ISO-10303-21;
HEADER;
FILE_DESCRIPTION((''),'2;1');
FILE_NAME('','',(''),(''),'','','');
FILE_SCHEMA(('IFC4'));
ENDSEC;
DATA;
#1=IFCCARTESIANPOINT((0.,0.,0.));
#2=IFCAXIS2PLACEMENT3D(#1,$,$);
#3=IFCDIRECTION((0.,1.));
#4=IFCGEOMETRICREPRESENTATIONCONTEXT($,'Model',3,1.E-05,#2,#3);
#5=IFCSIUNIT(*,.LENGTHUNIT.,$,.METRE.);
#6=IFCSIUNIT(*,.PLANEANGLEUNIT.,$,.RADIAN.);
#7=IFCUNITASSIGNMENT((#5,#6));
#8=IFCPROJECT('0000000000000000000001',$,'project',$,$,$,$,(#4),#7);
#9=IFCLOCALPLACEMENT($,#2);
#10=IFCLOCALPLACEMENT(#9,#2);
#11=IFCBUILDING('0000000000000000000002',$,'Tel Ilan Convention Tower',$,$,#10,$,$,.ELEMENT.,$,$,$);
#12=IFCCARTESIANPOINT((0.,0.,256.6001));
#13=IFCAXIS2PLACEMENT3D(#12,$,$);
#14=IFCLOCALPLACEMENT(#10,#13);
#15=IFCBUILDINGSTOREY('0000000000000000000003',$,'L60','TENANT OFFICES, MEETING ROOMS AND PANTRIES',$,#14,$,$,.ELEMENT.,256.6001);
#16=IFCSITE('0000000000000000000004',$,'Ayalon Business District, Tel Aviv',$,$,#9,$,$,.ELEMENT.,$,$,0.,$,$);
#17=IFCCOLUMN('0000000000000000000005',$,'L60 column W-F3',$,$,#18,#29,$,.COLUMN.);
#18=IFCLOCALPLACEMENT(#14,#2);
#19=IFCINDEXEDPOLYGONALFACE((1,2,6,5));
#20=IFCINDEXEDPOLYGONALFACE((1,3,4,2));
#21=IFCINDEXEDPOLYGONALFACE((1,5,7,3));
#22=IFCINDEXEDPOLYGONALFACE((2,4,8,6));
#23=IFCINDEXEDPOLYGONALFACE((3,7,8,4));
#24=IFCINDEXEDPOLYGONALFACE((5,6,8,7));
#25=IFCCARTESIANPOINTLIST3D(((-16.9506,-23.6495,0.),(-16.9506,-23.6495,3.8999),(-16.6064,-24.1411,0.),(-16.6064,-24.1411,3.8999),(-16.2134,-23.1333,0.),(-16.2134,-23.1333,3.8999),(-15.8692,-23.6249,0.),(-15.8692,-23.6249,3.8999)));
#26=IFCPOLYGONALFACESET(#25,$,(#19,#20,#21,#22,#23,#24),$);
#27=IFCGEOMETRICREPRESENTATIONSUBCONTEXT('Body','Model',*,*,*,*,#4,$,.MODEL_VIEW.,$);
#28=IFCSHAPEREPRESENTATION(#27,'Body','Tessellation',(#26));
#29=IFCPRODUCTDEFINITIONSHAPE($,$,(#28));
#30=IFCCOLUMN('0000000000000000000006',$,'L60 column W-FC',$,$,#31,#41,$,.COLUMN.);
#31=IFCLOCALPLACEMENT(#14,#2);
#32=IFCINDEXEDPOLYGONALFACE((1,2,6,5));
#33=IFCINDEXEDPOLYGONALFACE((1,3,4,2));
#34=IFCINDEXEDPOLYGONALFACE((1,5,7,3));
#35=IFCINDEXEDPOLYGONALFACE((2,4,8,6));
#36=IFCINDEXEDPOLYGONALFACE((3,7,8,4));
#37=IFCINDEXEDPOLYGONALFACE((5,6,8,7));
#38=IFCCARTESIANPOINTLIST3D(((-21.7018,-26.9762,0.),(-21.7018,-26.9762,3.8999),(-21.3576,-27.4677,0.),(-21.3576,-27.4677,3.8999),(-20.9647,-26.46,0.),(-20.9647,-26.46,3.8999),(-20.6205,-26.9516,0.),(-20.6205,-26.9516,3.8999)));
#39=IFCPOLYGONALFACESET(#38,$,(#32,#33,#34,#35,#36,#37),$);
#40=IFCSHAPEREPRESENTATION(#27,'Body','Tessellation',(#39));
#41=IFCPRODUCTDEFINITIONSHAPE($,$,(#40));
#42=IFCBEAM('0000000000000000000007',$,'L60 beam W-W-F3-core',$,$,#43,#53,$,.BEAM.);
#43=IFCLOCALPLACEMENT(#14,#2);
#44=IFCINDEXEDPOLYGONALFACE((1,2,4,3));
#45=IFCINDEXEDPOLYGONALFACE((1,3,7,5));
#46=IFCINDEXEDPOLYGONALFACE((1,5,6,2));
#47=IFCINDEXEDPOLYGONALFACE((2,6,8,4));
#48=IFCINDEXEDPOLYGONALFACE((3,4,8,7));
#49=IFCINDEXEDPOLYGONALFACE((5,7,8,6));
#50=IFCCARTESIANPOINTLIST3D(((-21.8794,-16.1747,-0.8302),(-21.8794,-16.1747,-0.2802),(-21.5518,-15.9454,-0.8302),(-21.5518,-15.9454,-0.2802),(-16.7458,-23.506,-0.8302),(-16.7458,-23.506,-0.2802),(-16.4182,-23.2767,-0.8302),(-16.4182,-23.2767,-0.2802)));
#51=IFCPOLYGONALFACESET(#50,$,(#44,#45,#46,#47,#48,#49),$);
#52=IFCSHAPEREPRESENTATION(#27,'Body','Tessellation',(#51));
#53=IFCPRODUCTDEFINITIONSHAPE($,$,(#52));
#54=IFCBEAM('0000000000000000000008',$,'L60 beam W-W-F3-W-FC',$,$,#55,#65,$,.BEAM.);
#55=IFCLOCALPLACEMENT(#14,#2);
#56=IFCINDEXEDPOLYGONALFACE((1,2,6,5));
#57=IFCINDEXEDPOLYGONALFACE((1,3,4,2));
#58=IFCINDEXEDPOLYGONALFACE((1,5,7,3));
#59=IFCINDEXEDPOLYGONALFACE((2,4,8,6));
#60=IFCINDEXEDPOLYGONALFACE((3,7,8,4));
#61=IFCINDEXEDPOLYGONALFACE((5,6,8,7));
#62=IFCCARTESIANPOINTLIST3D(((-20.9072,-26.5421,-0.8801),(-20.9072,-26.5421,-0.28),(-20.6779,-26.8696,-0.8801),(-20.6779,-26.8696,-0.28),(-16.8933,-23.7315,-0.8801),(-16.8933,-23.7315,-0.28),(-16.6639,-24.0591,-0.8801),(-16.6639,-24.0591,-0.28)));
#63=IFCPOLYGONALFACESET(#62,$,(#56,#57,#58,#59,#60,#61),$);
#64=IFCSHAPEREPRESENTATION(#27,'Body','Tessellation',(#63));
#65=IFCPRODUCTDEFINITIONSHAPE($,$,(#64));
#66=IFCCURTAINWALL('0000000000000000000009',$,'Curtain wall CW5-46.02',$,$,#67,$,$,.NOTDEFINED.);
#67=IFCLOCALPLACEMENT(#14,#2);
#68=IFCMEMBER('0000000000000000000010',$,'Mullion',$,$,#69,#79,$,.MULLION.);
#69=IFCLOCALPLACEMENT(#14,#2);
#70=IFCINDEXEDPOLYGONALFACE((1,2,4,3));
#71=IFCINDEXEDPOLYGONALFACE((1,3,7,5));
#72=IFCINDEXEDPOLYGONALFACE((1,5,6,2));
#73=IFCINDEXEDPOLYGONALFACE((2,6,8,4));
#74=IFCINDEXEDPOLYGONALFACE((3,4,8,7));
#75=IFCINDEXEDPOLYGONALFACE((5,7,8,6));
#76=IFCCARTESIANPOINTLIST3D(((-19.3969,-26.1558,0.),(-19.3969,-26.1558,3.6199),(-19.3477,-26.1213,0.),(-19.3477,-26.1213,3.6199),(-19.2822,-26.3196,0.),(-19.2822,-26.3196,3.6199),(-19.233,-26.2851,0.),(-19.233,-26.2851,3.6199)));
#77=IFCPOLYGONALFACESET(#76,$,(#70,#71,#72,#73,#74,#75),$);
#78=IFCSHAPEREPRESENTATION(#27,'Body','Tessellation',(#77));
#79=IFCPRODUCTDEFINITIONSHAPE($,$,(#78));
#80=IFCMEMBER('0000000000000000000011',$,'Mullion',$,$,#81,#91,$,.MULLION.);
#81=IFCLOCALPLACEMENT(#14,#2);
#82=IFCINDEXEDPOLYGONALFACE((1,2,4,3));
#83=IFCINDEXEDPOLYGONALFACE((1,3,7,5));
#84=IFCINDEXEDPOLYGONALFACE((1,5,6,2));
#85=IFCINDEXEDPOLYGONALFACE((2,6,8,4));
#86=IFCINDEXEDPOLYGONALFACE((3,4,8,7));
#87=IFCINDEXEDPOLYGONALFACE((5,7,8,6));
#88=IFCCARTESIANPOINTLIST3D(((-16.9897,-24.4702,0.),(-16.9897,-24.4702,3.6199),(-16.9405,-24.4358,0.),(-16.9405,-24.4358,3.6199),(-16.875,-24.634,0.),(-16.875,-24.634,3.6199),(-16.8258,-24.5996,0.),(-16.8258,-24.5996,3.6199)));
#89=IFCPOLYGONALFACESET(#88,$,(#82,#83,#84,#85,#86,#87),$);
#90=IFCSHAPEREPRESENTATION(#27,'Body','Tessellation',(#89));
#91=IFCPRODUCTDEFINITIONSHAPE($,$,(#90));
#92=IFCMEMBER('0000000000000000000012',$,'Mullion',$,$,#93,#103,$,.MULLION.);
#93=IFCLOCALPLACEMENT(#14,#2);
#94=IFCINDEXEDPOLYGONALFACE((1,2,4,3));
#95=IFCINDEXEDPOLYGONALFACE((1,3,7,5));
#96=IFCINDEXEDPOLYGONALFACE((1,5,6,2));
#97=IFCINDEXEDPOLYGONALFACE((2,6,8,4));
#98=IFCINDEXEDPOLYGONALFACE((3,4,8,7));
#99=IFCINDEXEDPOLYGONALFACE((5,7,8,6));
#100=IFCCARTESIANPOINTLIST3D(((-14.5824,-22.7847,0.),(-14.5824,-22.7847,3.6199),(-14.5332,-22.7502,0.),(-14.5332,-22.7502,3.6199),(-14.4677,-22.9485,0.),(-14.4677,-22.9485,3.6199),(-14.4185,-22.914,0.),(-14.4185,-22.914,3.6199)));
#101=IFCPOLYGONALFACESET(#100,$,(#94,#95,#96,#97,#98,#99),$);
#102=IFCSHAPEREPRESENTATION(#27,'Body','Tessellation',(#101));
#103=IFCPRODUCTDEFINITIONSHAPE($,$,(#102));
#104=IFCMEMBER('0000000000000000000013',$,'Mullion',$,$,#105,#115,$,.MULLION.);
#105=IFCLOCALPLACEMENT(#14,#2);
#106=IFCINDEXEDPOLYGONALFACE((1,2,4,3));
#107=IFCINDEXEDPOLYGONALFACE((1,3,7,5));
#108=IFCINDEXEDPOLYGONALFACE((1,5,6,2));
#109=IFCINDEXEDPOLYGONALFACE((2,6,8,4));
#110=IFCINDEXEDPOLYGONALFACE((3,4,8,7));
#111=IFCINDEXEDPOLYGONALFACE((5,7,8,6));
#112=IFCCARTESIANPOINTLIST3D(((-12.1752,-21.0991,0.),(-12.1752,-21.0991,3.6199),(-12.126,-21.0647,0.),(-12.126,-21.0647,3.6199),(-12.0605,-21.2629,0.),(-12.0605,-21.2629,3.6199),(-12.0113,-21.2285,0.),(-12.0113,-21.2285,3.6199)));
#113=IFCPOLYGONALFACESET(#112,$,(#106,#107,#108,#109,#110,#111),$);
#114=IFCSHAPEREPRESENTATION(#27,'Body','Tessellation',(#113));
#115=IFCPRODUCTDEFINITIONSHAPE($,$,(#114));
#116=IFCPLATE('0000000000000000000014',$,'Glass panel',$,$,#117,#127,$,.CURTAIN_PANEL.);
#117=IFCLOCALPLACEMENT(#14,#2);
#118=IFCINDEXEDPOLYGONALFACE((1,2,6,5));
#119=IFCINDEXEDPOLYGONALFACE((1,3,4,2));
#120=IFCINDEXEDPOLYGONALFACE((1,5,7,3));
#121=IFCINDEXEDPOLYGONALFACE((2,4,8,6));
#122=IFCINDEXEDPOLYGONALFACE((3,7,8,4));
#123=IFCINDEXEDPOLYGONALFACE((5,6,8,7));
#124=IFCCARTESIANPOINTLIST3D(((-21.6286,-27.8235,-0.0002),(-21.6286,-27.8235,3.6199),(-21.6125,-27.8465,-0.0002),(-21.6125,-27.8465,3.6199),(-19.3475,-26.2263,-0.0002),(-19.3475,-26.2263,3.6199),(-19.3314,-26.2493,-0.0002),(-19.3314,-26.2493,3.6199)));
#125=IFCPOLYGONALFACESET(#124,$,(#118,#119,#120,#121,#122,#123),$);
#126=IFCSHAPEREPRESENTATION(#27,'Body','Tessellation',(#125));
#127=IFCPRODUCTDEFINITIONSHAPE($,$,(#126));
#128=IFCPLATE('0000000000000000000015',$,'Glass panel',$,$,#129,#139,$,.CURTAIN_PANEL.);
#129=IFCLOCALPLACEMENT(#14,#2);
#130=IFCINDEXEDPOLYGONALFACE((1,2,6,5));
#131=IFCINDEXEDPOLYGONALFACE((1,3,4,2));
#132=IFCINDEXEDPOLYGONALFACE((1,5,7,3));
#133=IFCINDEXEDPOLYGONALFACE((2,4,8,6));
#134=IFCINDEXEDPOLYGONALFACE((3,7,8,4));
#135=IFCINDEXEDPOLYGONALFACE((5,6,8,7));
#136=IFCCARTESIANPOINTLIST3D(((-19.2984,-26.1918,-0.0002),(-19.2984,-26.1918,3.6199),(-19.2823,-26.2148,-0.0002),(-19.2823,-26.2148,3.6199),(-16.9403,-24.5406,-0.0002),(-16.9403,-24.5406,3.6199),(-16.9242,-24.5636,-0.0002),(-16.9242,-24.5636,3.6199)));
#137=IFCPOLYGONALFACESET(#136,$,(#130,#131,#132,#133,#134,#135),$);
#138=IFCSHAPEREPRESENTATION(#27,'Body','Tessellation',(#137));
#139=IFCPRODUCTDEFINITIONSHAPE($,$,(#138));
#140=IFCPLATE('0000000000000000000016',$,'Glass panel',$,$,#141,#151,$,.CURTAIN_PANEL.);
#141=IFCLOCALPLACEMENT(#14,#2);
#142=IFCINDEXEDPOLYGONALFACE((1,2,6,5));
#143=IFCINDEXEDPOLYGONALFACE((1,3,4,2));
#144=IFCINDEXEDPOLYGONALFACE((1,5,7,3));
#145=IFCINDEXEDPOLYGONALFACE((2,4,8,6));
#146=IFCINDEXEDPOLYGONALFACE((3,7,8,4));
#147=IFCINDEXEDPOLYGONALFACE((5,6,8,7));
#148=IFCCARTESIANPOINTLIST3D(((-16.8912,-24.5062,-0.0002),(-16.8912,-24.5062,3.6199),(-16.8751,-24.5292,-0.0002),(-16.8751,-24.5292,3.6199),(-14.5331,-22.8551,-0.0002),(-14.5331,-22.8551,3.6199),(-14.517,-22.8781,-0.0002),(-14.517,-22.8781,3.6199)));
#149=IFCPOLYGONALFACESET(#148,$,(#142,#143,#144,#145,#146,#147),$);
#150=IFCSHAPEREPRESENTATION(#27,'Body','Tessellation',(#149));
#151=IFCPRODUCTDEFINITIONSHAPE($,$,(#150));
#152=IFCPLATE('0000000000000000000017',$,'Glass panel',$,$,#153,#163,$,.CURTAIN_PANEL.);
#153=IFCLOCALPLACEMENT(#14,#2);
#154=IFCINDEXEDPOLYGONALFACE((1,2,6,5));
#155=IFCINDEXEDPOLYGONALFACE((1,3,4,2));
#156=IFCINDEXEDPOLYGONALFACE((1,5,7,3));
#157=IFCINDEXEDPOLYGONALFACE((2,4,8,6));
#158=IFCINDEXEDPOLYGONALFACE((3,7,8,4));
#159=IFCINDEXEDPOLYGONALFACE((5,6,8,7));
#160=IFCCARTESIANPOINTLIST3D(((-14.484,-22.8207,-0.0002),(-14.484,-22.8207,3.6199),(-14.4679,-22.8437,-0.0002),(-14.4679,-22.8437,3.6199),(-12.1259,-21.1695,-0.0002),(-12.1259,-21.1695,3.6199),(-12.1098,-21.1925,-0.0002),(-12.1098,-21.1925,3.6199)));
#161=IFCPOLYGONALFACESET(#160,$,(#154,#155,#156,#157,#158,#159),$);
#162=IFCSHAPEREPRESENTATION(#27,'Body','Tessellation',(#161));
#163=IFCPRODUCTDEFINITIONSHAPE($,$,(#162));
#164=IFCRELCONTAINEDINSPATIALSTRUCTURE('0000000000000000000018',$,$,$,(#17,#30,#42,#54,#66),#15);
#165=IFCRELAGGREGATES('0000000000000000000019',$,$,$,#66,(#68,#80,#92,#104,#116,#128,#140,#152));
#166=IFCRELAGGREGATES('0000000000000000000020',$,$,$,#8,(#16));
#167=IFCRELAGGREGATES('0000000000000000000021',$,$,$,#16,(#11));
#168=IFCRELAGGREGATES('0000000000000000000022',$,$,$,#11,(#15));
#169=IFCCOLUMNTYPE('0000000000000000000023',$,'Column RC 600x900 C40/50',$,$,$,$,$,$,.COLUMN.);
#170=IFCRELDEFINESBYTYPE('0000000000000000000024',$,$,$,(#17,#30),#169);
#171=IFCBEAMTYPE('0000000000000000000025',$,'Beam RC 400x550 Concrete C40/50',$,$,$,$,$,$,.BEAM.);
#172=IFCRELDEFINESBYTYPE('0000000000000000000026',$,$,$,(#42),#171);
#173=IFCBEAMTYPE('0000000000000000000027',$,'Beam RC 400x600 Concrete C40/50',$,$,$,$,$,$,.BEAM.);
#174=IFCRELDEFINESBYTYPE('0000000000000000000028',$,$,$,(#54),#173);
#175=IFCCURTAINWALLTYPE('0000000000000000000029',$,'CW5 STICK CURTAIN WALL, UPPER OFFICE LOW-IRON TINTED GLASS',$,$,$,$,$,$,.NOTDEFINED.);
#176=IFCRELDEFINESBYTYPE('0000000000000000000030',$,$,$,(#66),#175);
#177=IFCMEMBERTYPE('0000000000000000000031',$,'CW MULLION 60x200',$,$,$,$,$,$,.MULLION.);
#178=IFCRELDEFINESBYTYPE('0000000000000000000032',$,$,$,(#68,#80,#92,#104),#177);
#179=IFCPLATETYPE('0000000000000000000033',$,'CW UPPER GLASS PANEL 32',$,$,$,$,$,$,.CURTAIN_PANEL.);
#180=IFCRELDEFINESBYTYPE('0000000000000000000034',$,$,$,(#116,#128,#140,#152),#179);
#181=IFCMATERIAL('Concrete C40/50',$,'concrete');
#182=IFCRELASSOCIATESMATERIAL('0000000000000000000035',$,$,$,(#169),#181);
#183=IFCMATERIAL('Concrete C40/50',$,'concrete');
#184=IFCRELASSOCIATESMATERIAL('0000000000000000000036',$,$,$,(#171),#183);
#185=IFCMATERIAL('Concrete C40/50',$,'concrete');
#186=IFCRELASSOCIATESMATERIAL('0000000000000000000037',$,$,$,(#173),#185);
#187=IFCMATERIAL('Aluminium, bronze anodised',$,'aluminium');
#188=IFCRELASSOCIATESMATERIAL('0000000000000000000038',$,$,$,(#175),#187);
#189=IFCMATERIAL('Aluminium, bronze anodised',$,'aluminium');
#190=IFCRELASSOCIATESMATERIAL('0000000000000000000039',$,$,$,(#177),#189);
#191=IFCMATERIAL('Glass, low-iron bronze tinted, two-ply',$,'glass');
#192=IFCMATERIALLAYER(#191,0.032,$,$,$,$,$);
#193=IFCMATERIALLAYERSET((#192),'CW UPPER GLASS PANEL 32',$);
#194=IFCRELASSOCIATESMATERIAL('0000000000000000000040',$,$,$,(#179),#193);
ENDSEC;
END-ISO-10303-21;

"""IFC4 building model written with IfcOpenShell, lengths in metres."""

from ifc_helpers import new_model, si_unit, direction, frame, origin, origin_2d, place, context, subcontext, project, spatial, rectangle, extrude, material, layer, layer_set, material_profile, profile_set, type_object, element, aggregate, save


model = new_model("IFC4")

# Units and contexts
model_context = context("Model", 3, precision=1e-05, world=origin(), true_north=direction((0.0, 1.0)))
body_context = subcontext(model_context, "Body", "Model", "MODEL_VIEW")
ifc_project = project(units=[si_unit("LENGTHUNIT", "METRE"), si_unit("PLANEANGLEUNIT", "RADIAN")], contexts=[model_context])

# Site, building, storey
site_placement = place(None, origin())
site = spatial("IfcSite", under=ifc_project, at=site_placement, Name="Ayalon Business District, Tel Aviv", CompositionType="ELEMENT", RefElevation=0.0)
building_placement = place(site_placement, origin())
building = spatial("IfcBuilding", under=site, at=building_placement, Name="Tel Ilan Convention Tower", CompositionType="ELEMENT")
storey_placement = place(building_placement, frame((0.0, 0.0, 256.6001)))
storey = spatial("IfcBuildingStorey", under=building, at=storey_placement, Name="L60", Description="TENANT OFFICES, MEETING ROOMS AND PANTRIES", CompositionType="ELEMENT", Elevation=256.6001)

# Columns
ifc_material_1 = material(Name="Concrete C40/50", Category="concrete")
ifc_material_profile_1 = material_profile(ifc_material_1, rectangle(XDim=0.8999, YDim=0.6001, at=origin_2d()), Name="RC 600x900")
ifc_profile_set_1 = profile_set([ifc_material_profile_1], Name="Concrete C40/50")
column_type = type_object("IfcColumnType", Name="Column RC 600x900 C40/50", PredefinedType="COLUMN", material=ifc_profile_set_1)
for number, where, z_axis, x_axis, name in (
    (1, (-16.4099, -23.6372, 0.0), (0.0, 0.0, 1.0), (-0.819152, -0.573576, 0.0), "L60 column W-F3"),
    (2, (-21.1611, -26.9639, 0.0), (0.0, 0.0, 1.0), (-0.819152, -0.573576, 0.0), "L60 column W-FC"),
):
    element("IfcColumn", number, at=place(storey_placement, frame(where, z_axis=z_axis, x_axis=x_axis)), inside=storey, type_object=column_type, Name=name, PredefinedType="COLUMN", context=body_context, shape_type="SweptSolid", body=[
        extrude(rectangle(XDim=0.8999, YDim=0.6001, at=origin_2d()), origin(), (0.0, 0.0, 1.0), 3.8999),
    ])

# Beams
ifc_material_2 = material(Name="Concrete C40/50", Category="concrete")
ifc_material_profile_2 = material_profile(ifc_material_2, rectangle(XDim=0.3999, YDim=0.55, at=origin_2d()), Name="RC 400x550")
ifc_profile_set_2 = profile_set([ifc_material_profile_2], Name="Concrete C40/50")
beam_type_1 = type_object("IfcBeamType", Name="Beam RC 400x550 Concrete C40/50", PredefinedType="BEAM", material=ifc_profile_set_2)
beam_1_placement = place(storey_placement, frame((-16.582, -23.3914, -0.5552), z_axis=(-0.573585, 0.819146, 0.0), x_axis=(-0.819146, -0.573585, 0.0)))
element("IfcBeam", 3, at=beam_1_placement, inside=storey, type_object=beam_type_1, Name="L60 beam W-W-F3-core", PredefinedType="BEAM", context=body_context, shape_type="SweptSolid", body=[
    extrude(rectangle(XDim=0.3999, YDim=0.55, at=origin_2d()), origin(), (0.0, 0.0, 1.0), 8.95),
])
ifc_material_3 = material(Name="Concrete C40/50", Category="concrete")
ifc_material_profile_3 = material_profile(ifc_material_3, rectangle(XDim=0.3999, YDim=0.6001, at=origin_2d()), Name="RC 400x600")
ifc_profile_set_3 = profile_set([ifc_material_profile_3], Name="Concrete C40/50")
beam_type_2 = type_object("IfcBeamType", Name="Beam RC 400x600 Concrete C40/50", PredefinedType="BEAM", material=ifc_profile_set_3)
beam_2_placement = place(storey_placement, frame((-16.7786, -23.8953, -0.5801), z_axis=(-0.819155, -0.573573, 0.0), x_axis=(0.573573, -0.819155, 0.0)))
element("IfcBeam", 4, at=beam_2_placement, inside=storey, type_object=beam_type_2, Name="L60 beam W-W-F3-W-FC", PredefinedType="BEAM", context=body_context, shape_type="SweptSolid", body=[
    extrude(rectangle(XDim=0.3999, YDim=0.6001, at=origin_2d()), origin(), (0.0, 0.0, 1.0), 4.9001),
])

# Curtain wall, members, plates
ifc_material_4 = material(Name="Aluminium, bronze anodised", Category="aluminium")
curtain_wall_type = type_object("IfcCurtainWallType", Name="CW5 STICK CURTAIN WALL, UPPER OFFICE LOW-IRON TINTED GLASS", PredefinedType="NOTDEFINED", material=ifc_material_4)
curtain_wall_placement = place(storey_placement, origin())
curtain_wall = element("IfcCurtainWall", 5, at=curtain_wall_placement, inside=storey, type_object=curtain_wall_type, Name="Curtain wall CW5-46.02", PredefinedType="NOTDEFINED")
ifc_material_5 = material(Name="Aluminium, bronze anodised", Category="aluminium")
ifc_material_profile_4 = material_profile(ifc_material_5, rectangle(XDim=0.0601, YDim=0.2, at=origin_2d()), Name="CW MULLION 60x200")
ifc_profile_set_4 = profile_set([ifc_material_profile_4], Name="Aluminium, bronze anodised")
member_type = type_object("IfcMemberType", Name="CW MULLION 60x200", PredefinedType="MULLION", material=ifc_profile_set_4)
member_1_placement = place(storey_placement, frame((-19.3149, -26.2205, 0.0), z_axis=(0.0, 0.0, 1.0), x_axis=(0.819152, 0.573576, 0.0)))
member_1 = element("IfcMember", 6, at=member_1_placement, type_object=member_type, Name="Mullion", PredefinedType="MULLION", context=body_context, shape_type="SweptSolid", body=[
    extrude(rectangle(XDim=0.0601, YDim=0.2, at=origin_2d()), origin(), (0.0, 0.0, 1.0), 3.6199),
])
member_2_placement = place(storey_placement, frame((-16.9077, -24.5349, 0.0), z_axis=(0.0, 0.0, 1.0), x_axis=(0.819152, 0.573576, 0.0)))
member_2 = element("IfcMember", 7, at=member_2_placement, type_object=member_type, Name="Mullion", PredefinedType="MULLION", context=body_context, shape_type="SweptSolid", body=[
    extrude(rectangle(XDim=0.0601, YDim=0.2, at=origin_2d()), origin(), (0.0, 0.0, 1.0), 3.6199),
])
member_3_placement = place(storey_placement, frame((-14.5005, -22.8494, 0.0), z_axis=(0.0, 0.0, 1.0), x_axis=(0.819152, 0.573576, 0.0)))
member_3 = element("IfcMember", 8, at=member_3_placement, type_object=member_type, Name="Mullion", PredefinedType="MULLION", context=body_context, shape_type="SweptSolid", body=[
    extrude(rectangle(XDim=0.0601, YDim=0.2, at=origin_2d()), origin(), (0.0, 0.0, 1.0), 3.6199),
])
member_4_placement = place(storey_placement, frame((-12.0933, -21.1638, 0.0), z_axis=(0.0, 0.0, 1.0), x_axis=(0.819152, 0.573576, 0.0)))
member_4 = element("IfcMember", 9, at=member_4_placement, type_object=member_type, Name="Mullion", PredefinedType="MULLION", context=body_context, shape_type="SweptSolid", body=[
    extrude(rectangle(XDim=0.0601, YDim=0.2, at=origin_2d()), origin(), (0.0, 0.0, 1.0), 3.6199),
])
ifc_material_6 = material(Name="Glass, low-iron bronze tinted, two-ply", Category="glass")
ifc_layer_1 = layer(ifc_material_6, 0.032)
ifc_layer_set_1 = layer_set([ifc_layer_1], Name="CW UPPER GLASS PANEL 32")
plate_type = type_object("IfcPlateType", Name="CW UPPER GLASS PANEL 32", PredefinedType="CURTAIN_PANEL", material=ifc_layer_set_1)
plate_1_placement = place(storey_placement, frame((-20.48, -27.0364, -0.0002), z_axis=(0.0, 0.0, 1.0), x_axis=(0.819152, 0.573576, 0.0)))
plate_1 = element("IfcPlate", 10, at=plate_1_placement, type_object=plate_type, Name="Glass panel", PredefinedType="CURTAIN_PANEL", context=body_context, shape_type="SweptSolid", body=[
    extrude(rectangle(XDim=2.7847, YDim=0.0281, at=origin_2d()), origin(), (0.0, 0.0, 1.0), 3.6201),
])
plate_2_placement = place(storey_placement, frame((-18.1113, -25.3777, -0.0002), z_axis=(0.0, 0.0, 1.0), x_axis=(0.819152, 0.573576, 0.0)))
plate_2 = element("IfcPlate", 11, at=plate_2_placement, type_object=plate_type, Name="Glass panel", PredefinedType="CURTAIN_PANEL", context=body_context, shape_type="SweptSolid", body=[
    extrude(rectangle(XDim=2.8787, YDim=0.0281, at=origin_2d()), origin(), (0.0, 0.0, 1.0), 3.6201),
])
plate_3_placement = place(storey_placement, frame((-15.7041, -23.6921, -0.0002), z_axis=(0.0, 0.0, 1.0), x_axis=(0.819152, 0.573576, 0.0)))
plate_3 = element("IfcPlate", 12, at=plate_3_placement, type_object=plate_type, Name="Glass panel", PredefinedType="CURTAIN_PANEL", context=body_context, shape_type="SweptSolid", body=[
    extrude(rectangle(XDim=2.8787, YDim=0.0281, at=origin_2d()), origin(), (0.0, 0.0, 1.0), 3.6201),
])
plate_4_placement = place(storey_placement, frame((-13.2969, -22.0066, -0.0002), z_axis=(0.0, 0.0, 1.0), x_axis=(0.819152, 0.573576, 0.0)))
plate_4 = element("IfcPlate", 13, at=plate_4_placement, type_object=plate_type, Name="Glass panel", PredefinedType="CURTAIN_PANEL", context=body_context, shape_type="SweptSolid", body=[
    extrude(rectangle(XDim=2.8787, YDim=0.0281, at=origin_2d()), origin(), (0.0, 0.0, 1.0), 3.6201),
])
aggregate(curtain_wall, [member_1, member_2, member_3, member_4, plate_1, plate_2, plate_3, plate_4])

save(model, "model.ifc")
